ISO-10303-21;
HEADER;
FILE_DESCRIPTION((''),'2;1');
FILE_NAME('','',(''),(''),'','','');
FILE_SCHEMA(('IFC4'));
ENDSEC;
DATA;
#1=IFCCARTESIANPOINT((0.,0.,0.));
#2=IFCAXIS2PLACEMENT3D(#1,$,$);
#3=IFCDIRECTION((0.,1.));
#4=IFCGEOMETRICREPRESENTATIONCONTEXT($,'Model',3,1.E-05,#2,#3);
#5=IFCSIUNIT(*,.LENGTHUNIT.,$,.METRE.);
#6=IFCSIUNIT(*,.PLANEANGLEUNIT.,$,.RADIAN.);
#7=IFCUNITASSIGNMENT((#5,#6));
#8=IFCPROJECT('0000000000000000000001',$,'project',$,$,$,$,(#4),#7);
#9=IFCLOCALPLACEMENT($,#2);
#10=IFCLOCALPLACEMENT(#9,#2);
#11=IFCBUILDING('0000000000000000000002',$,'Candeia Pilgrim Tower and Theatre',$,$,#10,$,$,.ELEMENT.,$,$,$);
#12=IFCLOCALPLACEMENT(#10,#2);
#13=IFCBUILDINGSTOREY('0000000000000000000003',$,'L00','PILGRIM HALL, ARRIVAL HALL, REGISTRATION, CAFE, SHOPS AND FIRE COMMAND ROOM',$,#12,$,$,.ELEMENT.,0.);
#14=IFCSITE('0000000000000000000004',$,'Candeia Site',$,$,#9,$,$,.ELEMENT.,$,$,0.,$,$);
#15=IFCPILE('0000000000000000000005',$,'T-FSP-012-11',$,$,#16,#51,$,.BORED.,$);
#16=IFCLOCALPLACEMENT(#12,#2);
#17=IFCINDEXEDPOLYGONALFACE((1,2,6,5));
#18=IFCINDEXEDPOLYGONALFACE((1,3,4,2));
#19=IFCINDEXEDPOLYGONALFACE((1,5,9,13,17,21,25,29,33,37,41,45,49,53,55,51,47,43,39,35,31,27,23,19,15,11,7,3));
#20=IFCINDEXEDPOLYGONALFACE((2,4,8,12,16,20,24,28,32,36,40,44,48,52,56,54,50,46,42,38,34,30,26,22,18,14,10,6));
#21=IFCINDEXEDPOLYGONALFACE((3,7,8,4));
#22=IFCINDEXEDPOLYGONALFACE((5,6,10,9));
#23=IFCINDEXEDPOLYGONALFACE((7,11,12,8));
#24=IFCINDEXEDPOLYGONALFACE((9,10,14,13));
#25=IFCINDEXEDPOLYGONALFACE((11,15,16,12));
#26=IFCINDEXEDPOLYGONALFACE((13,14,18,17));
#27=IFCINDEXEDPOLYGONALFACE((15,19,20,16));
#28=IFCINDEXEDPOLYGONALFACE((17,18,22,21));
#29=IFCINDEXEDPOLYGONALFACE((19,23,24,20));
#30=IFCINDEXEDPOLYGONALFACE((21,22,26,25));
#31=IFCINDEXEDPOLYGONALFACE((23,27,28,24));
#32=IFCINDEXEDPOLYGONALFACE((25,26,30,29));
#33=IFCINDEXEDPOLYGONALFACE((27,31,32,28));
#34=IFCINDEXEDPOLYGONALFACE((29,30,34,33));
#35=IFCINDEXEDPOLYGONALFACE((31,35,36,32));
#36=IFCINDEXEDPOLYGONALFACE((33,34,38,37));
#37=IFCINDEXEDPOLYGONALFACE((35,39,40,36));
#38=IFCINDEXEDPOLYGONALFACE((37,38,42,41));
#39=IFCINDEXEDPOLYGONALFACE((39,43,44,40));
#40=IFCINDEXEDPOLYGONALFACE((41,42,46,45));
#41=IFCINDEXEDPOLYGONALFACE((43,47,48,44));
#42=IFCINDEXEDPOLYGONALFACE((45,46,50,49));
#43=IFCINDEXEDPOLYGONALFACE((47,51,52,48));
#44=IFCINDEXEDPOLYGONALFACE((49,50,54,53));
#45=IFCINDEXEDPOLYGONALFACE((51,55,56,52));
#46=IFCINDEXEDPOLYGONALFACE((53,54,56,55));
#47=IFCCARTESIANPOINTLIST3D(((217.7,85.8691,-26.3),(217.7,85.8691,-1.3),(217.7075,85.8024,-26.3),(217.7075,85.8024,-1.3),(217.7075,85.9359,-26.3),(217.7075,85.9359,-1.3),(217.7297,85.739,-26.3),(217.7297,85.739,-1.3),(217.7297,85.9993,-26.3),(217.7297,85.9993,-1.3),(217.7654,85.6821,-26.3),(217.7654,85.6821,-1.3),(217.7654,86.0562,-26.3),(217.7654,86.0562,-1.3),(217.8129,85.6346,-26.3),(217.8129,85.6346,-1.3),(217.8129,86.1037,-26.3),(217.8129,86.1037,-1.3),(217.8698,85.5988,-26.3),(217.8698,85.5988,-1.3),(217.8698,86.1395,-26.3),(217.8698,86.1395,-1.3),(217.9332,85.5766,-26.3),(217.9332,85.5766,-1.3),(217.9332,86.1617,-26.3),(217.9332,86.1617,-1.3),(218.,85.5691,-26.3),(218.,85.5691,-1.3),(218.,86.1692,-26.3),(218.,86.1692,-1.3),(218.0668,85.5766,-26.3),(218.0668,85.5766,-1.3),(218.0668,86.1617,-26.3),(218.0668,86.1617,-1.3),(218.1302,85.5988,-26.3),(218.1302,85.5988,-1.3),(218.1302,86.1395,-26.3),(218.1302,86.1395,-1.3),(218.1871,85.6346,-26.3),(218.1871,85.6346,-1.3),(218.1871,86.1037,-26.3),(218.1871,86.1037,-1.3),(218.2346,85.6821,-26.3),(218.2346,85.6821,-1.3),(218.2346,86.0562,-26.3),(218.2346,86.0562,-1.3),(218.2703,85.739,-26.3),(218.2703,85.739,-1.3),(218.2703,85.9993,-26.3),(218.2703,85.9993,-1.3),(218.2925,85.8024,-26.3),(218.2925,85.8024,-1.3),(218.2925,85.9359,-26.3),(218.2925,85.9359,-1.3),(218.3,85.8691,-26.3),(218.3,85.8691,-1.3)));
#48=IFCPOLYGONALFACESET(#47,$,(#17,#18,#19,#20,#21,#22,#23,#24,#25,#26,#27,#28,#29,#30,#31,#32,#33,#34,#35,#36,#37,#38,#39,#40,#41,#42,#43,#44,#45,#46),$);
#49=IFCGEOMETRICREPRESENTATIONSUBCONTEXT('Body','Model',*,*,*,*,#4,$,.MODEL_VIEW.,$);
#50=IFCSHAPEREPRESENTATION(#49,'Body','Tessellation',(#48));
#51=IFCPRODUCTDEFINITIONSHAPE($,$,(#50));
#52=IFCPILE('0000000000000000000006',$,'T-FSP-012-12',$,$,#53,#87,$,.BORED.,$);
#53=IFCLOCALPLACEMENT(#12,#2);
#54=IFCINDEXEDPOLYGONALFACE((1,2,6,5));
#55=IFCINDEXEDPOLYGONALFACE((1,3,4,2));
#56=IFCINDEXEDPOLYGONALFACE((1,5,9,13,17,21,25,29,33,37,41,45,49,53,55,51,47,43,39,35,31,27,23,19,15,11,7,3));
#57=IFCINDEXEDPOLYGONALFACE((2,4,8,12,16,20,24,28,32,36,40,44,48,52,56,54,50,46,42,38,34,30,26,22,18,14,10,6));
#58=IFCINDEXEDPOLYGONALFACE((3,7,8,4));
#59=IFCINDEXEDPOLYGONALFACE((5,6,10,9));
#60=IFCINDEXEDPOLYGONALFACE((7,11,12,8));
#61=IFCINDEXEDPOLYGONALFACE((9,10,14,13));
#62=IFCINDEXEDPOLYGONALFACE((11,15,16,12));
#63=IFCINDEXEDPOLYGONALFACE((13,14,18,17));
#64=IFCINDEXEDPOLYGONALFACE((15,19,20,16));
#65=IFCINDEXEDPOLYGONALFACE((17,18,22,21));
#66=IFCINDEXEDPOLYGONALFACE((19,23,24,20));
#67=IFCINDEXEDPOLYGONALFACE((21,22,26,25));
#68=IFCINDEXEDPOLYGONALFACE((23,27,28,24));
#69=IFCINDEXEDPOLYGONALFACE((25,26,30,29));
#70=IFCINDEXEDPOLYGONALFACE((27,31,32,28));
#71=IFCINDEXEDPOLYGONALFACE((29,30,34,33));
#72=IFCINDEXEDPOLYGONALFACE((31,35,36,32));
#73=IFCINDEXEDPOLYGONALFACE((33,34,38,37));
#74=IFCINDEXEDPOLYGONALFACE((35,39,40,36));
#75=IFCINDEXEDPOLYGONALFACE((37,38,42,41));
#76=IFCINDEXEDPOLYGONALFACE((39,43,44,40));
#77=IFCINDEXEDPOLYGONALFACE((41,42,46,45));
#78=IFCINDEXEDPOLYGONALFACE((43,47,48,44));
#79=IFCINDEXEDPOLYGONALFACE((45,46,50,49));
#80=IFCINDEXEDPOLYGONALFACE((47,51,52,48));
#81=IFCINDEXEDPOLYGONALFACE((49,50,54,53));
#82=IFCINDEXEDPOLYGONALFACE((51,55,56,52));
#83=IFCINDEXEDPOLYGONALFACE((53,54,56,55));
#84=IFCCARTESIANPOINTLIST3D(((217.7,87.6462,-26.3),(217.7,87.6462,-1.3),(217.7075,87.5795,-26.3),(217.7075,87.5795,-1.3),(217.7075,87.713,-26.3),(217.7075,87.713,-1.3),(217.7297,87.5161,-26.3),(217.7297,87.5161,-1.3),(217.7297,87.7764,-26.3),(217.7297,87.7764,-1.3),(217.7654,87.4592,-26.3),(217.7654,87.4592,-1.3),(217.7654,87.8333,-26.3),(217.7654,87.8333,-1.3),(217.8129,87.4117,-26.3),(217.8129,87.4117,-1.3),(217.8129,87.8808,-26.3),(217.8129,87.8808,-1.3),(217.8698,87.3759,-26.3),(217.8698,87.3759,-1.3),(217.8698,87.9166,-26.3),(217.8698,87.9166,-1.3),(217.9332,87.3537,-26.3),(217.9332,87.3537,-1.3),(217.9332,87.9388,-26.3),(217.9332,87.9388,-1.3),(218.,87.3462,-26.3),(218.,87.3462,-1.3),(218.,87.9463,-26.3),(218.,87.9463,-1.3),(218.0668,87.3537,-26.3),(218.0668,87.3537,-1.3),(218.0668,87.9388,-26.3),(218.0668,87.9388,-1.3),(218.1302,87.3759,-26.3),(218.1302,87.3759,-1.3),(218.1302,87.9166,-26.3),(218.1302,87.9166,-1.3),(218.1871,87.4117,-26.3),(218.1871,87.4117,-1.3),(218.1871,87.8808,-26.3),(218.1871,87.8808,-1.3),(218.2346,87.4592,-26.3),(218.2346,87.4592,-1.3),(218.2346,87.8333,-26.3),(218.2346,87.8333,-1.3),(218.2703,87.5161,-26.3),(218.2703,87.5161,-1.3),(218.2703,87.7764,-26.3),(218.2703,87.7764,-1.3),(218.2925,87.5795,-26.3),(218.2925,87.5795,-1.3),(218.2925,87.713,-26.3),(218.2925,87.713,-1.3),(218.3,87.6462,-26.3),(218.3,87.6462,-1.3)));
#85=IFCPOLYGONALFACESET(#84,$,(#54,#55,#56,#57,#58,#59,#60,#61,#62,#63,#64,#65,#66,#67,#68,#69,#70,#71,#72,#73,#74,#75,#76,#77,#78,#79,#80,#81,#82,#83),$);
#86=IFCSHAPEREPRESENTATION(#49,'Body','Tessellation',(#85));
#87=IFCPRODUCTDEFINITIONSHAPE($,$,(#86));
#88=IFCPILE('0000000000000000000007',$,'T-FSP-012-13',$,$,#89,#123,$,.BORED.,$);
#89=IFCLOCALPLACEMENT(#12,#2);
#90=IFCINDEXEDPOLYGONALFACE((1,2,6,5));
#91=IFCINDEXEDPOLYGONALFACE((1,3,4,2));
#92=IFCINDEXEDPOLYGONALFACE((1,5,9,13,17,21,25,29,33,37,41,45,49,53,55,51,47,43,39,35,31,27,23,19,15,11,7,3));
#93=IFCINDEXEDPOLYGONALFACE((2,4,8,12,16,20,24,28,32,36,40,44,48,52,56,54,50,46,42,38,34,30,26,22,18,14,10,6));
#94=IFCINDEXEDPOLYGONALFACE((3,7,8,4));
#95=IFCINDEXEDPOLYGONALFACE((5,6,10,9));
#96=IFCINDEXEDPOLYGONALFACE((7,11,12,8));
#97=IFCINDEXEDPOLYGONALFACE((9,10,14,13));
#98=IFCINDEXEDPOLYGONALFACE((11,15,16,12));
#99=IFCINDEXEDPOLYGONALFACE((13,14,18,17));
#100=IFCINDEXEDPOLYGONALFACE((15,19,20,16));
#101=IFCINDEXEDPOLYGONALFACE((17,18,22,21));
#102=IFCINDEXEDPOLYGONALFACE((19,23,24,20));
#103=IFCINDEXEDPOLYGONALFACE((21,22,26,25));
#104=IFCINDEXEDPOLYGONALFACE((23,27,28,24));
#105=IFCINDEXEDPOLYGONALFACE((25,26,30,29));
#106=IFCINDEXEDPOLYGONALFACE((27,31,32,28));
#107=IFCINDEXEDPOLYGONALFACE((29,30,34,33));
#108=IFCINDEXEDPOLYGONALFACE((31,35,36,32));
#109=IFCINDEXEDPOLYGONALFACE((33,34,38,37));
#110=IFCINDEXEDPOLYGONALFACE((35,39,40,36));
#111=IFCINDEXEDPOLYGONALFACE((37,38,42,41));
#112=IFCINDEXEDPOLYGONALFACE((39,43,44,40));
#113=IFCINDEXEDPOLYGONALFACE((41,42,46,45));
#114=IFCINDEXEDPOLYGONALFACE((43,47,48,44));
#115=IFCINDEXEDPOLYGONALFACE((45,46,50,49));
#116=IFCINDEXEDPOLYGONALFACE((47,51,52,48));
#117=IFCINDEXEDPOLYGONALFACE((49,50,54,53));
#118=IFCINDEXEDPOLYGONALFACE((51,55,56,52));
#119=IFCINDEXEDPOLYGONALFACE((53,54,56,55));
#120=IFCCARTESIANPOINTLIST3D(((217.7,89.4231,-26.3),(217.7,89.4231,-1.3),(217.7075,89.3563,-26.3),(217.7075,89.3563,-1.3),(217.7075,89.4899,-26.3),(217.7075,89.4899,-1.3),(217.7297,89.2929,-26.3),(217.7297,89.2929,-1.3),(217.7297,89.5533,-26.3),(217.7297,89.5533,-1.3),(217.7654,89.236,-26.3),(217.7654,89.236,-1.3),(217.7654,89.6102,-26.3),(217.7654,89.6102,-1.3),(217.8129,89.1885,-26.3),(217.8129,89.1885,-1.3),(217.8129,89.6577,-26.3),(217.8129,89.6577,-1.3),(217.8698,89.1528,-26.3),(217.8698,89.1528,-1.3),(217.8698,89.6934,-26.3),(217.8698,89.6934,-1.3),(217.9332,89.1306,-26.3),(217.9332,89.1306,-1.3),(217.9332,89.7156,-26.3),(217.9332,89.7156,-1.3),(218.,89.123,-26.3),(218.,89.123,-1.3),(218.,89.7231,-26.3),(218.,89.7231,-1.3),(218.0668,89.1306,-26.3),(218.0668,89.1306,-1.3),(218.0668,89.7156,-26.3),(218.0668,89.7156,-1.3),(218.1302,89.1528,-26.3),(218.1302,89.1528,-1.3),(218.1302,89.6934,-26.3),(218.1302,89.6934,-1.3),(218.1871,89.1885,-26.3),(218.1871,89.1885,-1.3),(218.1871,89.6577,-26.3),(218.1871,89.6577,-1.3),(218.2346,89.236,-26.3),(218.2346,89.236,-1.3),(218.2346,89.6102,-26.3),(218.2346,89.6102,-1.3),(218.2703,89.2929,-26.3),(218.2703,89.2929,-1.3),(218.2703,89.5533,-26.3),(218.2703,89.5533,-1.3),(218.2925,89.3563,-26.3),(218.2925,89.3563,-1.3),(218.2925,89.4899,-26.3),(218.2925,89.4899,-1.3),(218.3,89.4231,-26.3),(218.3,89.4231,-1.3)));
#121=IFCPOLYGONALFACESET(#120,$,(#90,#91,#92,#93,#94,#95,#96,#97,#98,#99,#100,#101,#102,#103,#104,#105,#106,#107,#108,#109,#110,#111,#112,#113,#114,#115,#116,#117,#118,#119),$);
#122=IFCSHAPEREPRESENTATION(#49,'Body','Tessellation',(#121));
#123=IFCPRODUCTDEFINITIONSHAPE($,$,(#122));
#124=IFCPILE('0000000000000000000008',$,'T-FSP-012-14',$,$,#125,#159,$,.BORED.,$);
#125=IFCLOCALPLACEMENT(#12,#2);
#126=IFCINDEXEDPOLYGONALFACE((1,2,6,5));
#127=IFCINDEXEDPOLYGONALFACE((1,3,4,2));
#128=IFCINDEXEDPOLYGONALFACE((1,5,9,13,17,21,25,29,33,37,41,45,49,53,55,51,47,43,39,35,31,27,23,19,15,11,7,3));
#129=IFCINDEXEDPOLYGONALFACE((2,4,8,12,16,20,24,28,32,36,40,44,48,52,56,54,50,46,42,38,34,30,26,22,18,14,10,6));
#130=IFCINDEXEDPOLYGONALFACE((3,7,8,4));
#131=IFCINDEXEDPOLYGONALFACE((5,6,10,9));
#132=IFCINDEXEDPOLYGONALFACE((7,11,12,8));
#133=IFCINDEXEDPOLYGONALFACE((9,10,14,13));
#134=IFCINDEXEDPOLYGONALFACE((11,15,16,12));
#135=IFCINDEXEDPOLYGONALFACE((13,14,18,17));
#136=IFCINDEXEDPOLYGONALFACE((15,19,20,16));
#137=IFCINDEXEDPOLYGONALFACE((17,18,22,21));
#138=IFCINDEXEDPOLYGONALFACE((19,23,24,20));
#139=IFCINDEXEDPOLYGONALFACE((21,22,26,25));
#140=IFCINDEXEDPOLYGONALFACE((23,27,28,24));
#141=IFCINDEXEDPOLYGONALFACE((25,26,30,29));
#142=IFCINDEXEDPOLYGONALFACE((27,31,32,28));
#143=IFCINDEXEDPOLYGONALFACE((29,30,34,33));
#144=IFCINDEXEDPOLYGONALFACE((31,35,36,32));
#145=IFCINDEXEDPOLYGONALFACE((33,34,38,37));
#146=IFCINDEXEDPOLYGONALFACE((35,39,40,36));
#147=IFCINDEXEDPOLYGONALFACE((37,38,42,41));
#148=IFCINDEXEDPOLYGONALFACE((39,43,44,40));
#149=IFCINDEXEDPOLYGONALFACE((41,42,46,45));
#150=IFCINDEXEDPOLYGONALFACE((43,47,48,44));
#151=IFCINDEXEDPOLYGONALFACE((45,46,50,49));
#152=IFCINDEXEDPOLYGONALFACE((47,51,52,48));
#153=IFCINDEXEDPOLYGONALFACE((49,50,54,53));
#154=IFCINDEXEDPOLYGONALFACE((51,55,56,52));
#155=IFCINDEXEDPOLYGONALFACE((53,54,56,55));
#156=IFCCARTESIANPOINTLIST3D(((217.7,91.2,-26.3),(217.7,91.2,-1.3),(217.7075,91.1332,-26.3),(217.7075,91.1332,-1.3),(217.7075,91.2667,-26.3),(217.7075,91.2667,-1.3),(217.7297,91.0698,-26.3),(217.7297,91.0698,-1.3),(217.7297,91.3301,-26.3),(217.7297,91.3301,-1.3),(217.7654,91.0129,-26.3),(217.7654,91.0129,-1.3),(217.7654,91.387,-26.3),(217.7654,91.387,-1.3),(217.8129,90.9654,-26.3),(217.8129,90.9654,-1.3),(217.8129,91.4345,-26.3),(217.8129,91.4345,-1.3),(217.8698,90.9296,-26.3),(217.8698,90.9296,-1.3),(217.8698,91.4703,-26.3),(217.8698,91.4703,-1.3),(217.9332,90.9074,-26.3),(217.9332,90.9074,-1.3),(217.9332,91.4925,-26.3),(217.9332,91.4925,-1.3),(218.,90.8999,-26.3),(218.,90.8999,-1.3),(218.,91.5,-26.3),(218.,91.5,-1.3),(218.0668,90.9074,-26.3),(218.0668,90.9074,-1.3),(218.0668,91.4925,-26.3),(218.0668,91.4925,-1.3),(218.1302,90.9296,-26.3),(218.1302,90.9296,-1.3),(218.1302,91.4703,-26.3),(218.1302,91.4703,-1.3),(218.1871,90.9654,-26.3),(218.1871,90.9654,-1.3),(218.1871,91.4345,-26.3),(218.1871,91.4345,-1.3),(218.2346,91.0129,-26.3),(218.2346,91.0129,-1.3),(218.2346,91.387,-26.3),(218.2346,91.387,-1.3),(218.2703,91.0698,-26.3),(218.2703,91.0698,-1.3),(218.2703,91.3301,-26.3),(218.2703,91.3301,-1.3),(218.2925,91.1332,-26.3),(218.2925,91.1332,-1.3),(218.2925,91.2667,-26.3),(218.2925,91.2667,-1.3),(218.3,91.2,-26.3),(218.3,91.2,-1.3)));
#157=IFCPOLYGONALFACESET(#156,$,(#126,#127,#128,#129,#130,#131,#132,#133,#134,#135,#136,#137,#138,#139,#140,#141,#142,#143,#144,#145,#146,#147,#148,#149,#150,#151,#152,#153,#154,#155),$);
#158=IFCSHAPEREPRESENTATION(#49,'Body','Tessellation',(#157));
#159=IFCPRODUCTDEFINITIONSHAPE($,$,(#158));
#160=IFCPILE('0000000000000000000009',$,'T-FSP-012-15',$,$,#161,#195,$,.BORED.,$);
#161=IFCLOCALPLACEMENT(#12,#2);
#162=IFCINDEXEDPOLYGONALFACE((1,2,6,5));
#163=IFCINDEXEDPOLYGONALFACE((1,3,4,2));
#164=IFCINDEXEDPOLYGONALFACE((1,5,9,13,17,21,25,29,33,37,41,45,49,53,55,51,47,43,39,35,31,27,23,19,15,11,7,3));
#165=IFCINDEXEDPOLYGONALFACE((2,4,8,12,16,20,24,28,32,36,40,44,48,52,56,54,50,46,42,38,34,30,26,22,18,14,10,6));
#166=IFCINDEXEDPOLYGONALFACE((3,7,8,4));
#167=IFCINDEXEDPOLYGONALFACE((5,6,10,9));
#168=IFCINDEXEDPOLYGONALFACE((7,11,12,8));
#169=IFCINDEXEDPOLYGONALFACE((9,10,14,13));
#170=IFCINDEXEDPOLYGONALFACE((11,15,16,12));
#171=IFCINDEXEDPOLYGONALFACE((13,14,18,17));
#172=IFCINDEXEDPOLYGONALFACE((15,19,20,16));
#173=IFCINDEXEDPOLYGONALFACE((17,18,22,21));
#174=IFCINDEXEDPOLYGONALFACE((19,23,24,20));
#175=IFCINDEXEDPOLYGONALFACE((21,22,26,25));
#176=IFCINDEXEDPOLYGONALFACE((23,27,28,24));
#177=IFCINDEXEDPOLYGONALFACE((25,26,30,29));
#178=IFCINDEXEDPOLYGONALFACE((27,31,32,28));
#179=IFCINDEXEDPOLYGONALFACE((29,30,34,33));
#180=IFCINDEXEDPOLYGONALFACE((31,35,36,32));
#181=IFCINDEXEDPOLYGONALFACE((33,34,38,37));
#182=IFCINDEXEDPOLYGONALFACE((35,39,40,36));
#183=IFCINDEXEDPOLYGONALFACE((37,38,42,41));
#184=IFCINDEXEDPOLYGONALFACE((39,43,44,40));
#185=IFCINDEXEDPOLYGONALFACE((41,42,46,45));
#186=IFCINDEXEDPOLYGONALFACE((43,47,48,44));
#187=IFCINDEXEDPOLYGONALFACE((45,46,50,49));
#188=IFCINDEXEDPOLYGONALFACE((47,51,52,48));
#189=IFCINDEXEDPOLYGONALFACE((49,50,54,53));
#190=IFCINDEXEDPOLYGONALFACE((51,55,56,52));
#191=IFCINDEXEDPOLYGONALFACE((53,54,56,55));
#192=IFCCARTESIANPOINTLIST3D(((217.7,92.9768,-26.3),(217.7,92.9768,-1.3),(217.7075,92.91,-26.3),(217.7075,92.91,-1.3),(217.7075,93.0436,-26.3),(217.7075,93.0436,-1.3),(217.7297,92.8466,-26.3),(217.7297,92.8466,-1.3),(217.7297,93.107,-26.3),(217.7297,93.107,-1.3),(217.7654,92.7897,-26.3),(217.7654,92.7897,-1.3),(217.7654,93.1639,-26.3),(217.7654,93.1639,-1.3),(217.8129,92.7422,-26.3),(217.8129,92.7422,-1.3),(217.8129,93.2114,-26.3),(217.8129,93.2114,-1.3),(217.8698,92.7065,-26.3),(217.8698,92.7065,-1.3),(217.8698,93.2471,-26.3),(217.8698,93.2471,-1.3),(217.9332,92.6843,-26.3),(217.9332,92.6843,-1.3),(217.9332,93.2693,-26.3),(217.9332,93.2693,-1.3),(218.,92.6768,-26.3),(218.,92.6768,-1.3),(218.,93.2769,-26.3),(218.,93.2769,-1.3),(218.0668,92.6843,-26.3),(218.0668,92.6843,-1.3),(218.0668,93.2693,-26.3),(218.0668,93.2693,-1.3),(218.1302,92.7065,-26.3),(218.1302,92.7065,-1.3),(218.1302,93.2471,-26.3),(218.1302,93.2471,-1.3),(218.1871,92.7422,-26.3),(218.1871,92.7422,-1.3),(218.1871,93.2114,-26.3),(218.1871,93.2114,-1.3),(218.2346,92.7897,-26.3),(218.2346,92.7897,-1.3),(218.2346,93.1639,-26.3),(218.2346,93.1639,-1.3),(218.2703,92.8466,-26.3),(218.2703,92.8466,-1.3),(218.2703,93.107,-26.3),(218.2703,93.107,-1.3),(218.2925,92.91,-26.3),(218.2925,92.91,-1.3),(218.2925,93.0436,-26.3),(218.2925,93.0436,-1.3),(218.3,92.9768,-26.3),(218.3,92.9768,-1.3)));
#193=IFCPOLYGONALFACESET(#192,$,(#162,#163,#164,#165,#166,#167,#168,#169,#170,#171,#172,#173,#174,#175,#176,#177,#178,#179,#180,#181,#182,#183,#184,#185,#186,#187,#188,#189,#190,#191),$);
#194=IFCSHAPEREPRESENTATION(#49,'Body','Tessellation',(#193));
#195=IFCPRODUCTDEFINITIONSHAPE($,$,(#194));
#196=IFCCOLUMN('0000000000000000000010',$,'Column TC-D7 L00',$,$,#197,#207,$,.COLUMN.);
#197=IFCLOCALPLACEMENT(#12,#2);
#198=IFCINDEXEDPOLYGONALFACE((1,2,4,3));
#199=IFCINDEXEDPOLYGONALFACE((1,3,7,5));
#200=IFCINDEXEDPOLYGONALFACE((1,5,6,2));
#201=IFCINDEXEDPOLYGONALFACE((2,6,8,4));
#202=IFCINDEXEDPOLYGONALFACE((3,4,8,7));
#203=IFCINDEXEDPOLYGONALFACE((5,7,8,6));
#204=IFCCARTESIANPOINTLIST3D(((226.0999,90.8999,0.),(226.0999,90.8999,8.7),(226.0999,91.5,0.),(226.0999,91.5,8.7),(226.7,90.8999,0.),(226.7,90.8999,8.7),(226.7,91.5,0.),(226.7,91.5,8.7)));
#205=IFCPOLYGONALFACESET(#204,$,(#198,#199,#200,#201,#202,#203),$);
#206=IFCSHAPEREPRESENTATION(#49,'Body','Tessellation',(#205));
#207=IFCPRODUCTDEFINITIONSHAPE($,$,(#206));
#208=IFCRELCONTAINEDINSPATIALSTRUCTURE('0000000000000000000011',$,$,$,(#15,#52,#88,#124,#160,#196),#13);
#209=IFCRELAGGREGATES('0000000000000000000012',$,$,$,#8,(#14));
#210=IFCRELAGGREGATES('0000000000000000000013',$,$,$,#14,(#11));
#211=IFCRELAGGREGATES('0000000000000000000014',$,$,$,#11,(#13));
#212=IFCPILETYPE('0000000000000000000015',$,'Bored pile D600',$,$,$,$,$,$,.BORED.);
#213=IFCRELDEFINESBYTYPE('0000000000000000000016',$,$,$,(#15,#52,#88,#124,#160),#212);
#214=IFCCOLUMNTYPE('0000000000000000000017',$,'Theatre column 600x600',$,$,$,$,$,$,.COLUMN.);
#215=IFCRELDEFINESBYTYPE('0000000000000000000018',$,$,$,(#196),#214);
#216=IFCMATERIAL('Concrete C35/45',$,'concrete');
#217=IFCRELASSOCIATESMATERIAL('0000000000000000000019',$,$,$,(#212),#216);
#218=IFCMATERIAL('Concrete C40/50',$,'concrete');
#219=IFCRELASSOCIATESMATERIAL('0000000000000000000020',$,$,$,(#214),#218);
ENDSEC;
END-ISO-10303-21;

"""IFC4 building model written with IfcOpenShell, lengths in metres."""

from ifc_helpers import new_model, si_unit, direction, frame, origin, origin_2d, place, context, subcontext, project, spatial, rectangle, circle, extrude, material, material_profile, profile_set, type_object, element, save


model = new_model("IFC4")

# Units and contexts
model_context = context("Model", 3, precision=1e-05, world=origin(), true_north=direction((0.0, 1.0)))
body_context = subcontext(model_context, "Body", "Model", "MODEL_VIEW")
ifc_project = project(units=[si_unit("LENGTHUNIT", "METRE"), si_unit("PLANEANGLEUNIT", "RADIAN")], contexts=[model_context])

# Site, building, storey
site_placement = place(None, origin())
site = spatial("IfcSite", under=ifc_project, at=site_placement, Name="Candeia Site", CompositionType="ELEMENT", RefElevation=0.0)
building_placement = place(site_placement, origin())
building = spatial("IfcBuilding", under=site, at=building_placement, Name="Candeia Pilgrim Tower and Theatre", CompositionType="ELEMENT")
storey_placement = place(building_placement, origin())
storey = spatial("IfcBuildingStorey", under=building, at=storey_placement, Name="L00", Description="PILGRIM HALL, ARRIVAL HALL, REGISTRATION, CAFE, SHOPS AND FIRE COMMAND ROOM", CompositionType="ELEMENT", Elevation=0.0)

# Piles
ifc_material_1 = material(Name="Concrete C35/45", Category="concrete")
pile_type = type_object("IfcPileType", Name="Bored pile D600", PredefinedType="BORED", material=ifc_material_1)
for number, where, z_axis, x_axis, name in (
    (1, (218.0, 85.8691, -1.3), (0.0, 0.0, -1.0), (1.0, 0.0, 0.0), "T-FSP-012-11"),
    (2, (218.0, 87.6462, -1.3), (0.0, 0.0, -1.0), (1.0, 0.0, 0.0), "T-FSP-012-12"),
    (3, (218.0, 89.4231, -1.3), (0.0, 0.0, -1.0), (1.0, 0.0, 0.0), "T-FSP-012-13"),
    (4, (218.0, 91.2, -1.3), (0.0, 0.0, -1.0), (1.0, 0.0, 0.0), "T-FSP-012-14"),
    (5, (218.0, 92.9768, -1.3), (0.0, 0.0, -1.0), (1.0, 0.0, 0.0), "T-FSP-012-15"),
):
    element("IfcPile", number, at=place(storey_placement, frame(where, z_axis=z_axis, x_axis=x_axis)), inside=storey, type_object=pile_type, Name=name, PredefinedType="BORED", context=body_context, shape_type="SweptSolid", body=[
        extrude(circle(Radius=0.3, at=origin_2d()), origin(), (0.0, 0.0, 1.0), 25.0),
    ])

# Column
ifc_material_2 = material(Name="Concrete C40/50", Category="concrete")
ifc_material_profile = material_profile(ifc_material_2, rectangle(XDim=0.6001, YDim=0.6001, at=origin_2d()))
ifc_profile_set = profile_set([ifc_material_profile], Name="Concrete C40/50")
column_type = type_object("IfcColumnType", Name="Theatre column 600x600", PredefinedType="COLUMN", material=ifc_profile_set)
column_placement = place(storey_placement, frame((226.3999, 91.2, 0.0), z_axis=(0.0, 0.0, 1.0), x_axis=(1.0, 0.0, 0.0)))
element("IfcColumn", 6, at=column_placement, inside=storey, type_object=column_type, Name="Column TC-D7 L00", PredefinedType="COLUMN", context=body_context, shape_type="SweptSolid", body=[
    extrude(rectangle(XDim=0.6001, YDim=0.6001, at=origin_2d()), origin(), (0.0, 0.0, 1.0), 8.7),
])

save(model, "model.ifc")
